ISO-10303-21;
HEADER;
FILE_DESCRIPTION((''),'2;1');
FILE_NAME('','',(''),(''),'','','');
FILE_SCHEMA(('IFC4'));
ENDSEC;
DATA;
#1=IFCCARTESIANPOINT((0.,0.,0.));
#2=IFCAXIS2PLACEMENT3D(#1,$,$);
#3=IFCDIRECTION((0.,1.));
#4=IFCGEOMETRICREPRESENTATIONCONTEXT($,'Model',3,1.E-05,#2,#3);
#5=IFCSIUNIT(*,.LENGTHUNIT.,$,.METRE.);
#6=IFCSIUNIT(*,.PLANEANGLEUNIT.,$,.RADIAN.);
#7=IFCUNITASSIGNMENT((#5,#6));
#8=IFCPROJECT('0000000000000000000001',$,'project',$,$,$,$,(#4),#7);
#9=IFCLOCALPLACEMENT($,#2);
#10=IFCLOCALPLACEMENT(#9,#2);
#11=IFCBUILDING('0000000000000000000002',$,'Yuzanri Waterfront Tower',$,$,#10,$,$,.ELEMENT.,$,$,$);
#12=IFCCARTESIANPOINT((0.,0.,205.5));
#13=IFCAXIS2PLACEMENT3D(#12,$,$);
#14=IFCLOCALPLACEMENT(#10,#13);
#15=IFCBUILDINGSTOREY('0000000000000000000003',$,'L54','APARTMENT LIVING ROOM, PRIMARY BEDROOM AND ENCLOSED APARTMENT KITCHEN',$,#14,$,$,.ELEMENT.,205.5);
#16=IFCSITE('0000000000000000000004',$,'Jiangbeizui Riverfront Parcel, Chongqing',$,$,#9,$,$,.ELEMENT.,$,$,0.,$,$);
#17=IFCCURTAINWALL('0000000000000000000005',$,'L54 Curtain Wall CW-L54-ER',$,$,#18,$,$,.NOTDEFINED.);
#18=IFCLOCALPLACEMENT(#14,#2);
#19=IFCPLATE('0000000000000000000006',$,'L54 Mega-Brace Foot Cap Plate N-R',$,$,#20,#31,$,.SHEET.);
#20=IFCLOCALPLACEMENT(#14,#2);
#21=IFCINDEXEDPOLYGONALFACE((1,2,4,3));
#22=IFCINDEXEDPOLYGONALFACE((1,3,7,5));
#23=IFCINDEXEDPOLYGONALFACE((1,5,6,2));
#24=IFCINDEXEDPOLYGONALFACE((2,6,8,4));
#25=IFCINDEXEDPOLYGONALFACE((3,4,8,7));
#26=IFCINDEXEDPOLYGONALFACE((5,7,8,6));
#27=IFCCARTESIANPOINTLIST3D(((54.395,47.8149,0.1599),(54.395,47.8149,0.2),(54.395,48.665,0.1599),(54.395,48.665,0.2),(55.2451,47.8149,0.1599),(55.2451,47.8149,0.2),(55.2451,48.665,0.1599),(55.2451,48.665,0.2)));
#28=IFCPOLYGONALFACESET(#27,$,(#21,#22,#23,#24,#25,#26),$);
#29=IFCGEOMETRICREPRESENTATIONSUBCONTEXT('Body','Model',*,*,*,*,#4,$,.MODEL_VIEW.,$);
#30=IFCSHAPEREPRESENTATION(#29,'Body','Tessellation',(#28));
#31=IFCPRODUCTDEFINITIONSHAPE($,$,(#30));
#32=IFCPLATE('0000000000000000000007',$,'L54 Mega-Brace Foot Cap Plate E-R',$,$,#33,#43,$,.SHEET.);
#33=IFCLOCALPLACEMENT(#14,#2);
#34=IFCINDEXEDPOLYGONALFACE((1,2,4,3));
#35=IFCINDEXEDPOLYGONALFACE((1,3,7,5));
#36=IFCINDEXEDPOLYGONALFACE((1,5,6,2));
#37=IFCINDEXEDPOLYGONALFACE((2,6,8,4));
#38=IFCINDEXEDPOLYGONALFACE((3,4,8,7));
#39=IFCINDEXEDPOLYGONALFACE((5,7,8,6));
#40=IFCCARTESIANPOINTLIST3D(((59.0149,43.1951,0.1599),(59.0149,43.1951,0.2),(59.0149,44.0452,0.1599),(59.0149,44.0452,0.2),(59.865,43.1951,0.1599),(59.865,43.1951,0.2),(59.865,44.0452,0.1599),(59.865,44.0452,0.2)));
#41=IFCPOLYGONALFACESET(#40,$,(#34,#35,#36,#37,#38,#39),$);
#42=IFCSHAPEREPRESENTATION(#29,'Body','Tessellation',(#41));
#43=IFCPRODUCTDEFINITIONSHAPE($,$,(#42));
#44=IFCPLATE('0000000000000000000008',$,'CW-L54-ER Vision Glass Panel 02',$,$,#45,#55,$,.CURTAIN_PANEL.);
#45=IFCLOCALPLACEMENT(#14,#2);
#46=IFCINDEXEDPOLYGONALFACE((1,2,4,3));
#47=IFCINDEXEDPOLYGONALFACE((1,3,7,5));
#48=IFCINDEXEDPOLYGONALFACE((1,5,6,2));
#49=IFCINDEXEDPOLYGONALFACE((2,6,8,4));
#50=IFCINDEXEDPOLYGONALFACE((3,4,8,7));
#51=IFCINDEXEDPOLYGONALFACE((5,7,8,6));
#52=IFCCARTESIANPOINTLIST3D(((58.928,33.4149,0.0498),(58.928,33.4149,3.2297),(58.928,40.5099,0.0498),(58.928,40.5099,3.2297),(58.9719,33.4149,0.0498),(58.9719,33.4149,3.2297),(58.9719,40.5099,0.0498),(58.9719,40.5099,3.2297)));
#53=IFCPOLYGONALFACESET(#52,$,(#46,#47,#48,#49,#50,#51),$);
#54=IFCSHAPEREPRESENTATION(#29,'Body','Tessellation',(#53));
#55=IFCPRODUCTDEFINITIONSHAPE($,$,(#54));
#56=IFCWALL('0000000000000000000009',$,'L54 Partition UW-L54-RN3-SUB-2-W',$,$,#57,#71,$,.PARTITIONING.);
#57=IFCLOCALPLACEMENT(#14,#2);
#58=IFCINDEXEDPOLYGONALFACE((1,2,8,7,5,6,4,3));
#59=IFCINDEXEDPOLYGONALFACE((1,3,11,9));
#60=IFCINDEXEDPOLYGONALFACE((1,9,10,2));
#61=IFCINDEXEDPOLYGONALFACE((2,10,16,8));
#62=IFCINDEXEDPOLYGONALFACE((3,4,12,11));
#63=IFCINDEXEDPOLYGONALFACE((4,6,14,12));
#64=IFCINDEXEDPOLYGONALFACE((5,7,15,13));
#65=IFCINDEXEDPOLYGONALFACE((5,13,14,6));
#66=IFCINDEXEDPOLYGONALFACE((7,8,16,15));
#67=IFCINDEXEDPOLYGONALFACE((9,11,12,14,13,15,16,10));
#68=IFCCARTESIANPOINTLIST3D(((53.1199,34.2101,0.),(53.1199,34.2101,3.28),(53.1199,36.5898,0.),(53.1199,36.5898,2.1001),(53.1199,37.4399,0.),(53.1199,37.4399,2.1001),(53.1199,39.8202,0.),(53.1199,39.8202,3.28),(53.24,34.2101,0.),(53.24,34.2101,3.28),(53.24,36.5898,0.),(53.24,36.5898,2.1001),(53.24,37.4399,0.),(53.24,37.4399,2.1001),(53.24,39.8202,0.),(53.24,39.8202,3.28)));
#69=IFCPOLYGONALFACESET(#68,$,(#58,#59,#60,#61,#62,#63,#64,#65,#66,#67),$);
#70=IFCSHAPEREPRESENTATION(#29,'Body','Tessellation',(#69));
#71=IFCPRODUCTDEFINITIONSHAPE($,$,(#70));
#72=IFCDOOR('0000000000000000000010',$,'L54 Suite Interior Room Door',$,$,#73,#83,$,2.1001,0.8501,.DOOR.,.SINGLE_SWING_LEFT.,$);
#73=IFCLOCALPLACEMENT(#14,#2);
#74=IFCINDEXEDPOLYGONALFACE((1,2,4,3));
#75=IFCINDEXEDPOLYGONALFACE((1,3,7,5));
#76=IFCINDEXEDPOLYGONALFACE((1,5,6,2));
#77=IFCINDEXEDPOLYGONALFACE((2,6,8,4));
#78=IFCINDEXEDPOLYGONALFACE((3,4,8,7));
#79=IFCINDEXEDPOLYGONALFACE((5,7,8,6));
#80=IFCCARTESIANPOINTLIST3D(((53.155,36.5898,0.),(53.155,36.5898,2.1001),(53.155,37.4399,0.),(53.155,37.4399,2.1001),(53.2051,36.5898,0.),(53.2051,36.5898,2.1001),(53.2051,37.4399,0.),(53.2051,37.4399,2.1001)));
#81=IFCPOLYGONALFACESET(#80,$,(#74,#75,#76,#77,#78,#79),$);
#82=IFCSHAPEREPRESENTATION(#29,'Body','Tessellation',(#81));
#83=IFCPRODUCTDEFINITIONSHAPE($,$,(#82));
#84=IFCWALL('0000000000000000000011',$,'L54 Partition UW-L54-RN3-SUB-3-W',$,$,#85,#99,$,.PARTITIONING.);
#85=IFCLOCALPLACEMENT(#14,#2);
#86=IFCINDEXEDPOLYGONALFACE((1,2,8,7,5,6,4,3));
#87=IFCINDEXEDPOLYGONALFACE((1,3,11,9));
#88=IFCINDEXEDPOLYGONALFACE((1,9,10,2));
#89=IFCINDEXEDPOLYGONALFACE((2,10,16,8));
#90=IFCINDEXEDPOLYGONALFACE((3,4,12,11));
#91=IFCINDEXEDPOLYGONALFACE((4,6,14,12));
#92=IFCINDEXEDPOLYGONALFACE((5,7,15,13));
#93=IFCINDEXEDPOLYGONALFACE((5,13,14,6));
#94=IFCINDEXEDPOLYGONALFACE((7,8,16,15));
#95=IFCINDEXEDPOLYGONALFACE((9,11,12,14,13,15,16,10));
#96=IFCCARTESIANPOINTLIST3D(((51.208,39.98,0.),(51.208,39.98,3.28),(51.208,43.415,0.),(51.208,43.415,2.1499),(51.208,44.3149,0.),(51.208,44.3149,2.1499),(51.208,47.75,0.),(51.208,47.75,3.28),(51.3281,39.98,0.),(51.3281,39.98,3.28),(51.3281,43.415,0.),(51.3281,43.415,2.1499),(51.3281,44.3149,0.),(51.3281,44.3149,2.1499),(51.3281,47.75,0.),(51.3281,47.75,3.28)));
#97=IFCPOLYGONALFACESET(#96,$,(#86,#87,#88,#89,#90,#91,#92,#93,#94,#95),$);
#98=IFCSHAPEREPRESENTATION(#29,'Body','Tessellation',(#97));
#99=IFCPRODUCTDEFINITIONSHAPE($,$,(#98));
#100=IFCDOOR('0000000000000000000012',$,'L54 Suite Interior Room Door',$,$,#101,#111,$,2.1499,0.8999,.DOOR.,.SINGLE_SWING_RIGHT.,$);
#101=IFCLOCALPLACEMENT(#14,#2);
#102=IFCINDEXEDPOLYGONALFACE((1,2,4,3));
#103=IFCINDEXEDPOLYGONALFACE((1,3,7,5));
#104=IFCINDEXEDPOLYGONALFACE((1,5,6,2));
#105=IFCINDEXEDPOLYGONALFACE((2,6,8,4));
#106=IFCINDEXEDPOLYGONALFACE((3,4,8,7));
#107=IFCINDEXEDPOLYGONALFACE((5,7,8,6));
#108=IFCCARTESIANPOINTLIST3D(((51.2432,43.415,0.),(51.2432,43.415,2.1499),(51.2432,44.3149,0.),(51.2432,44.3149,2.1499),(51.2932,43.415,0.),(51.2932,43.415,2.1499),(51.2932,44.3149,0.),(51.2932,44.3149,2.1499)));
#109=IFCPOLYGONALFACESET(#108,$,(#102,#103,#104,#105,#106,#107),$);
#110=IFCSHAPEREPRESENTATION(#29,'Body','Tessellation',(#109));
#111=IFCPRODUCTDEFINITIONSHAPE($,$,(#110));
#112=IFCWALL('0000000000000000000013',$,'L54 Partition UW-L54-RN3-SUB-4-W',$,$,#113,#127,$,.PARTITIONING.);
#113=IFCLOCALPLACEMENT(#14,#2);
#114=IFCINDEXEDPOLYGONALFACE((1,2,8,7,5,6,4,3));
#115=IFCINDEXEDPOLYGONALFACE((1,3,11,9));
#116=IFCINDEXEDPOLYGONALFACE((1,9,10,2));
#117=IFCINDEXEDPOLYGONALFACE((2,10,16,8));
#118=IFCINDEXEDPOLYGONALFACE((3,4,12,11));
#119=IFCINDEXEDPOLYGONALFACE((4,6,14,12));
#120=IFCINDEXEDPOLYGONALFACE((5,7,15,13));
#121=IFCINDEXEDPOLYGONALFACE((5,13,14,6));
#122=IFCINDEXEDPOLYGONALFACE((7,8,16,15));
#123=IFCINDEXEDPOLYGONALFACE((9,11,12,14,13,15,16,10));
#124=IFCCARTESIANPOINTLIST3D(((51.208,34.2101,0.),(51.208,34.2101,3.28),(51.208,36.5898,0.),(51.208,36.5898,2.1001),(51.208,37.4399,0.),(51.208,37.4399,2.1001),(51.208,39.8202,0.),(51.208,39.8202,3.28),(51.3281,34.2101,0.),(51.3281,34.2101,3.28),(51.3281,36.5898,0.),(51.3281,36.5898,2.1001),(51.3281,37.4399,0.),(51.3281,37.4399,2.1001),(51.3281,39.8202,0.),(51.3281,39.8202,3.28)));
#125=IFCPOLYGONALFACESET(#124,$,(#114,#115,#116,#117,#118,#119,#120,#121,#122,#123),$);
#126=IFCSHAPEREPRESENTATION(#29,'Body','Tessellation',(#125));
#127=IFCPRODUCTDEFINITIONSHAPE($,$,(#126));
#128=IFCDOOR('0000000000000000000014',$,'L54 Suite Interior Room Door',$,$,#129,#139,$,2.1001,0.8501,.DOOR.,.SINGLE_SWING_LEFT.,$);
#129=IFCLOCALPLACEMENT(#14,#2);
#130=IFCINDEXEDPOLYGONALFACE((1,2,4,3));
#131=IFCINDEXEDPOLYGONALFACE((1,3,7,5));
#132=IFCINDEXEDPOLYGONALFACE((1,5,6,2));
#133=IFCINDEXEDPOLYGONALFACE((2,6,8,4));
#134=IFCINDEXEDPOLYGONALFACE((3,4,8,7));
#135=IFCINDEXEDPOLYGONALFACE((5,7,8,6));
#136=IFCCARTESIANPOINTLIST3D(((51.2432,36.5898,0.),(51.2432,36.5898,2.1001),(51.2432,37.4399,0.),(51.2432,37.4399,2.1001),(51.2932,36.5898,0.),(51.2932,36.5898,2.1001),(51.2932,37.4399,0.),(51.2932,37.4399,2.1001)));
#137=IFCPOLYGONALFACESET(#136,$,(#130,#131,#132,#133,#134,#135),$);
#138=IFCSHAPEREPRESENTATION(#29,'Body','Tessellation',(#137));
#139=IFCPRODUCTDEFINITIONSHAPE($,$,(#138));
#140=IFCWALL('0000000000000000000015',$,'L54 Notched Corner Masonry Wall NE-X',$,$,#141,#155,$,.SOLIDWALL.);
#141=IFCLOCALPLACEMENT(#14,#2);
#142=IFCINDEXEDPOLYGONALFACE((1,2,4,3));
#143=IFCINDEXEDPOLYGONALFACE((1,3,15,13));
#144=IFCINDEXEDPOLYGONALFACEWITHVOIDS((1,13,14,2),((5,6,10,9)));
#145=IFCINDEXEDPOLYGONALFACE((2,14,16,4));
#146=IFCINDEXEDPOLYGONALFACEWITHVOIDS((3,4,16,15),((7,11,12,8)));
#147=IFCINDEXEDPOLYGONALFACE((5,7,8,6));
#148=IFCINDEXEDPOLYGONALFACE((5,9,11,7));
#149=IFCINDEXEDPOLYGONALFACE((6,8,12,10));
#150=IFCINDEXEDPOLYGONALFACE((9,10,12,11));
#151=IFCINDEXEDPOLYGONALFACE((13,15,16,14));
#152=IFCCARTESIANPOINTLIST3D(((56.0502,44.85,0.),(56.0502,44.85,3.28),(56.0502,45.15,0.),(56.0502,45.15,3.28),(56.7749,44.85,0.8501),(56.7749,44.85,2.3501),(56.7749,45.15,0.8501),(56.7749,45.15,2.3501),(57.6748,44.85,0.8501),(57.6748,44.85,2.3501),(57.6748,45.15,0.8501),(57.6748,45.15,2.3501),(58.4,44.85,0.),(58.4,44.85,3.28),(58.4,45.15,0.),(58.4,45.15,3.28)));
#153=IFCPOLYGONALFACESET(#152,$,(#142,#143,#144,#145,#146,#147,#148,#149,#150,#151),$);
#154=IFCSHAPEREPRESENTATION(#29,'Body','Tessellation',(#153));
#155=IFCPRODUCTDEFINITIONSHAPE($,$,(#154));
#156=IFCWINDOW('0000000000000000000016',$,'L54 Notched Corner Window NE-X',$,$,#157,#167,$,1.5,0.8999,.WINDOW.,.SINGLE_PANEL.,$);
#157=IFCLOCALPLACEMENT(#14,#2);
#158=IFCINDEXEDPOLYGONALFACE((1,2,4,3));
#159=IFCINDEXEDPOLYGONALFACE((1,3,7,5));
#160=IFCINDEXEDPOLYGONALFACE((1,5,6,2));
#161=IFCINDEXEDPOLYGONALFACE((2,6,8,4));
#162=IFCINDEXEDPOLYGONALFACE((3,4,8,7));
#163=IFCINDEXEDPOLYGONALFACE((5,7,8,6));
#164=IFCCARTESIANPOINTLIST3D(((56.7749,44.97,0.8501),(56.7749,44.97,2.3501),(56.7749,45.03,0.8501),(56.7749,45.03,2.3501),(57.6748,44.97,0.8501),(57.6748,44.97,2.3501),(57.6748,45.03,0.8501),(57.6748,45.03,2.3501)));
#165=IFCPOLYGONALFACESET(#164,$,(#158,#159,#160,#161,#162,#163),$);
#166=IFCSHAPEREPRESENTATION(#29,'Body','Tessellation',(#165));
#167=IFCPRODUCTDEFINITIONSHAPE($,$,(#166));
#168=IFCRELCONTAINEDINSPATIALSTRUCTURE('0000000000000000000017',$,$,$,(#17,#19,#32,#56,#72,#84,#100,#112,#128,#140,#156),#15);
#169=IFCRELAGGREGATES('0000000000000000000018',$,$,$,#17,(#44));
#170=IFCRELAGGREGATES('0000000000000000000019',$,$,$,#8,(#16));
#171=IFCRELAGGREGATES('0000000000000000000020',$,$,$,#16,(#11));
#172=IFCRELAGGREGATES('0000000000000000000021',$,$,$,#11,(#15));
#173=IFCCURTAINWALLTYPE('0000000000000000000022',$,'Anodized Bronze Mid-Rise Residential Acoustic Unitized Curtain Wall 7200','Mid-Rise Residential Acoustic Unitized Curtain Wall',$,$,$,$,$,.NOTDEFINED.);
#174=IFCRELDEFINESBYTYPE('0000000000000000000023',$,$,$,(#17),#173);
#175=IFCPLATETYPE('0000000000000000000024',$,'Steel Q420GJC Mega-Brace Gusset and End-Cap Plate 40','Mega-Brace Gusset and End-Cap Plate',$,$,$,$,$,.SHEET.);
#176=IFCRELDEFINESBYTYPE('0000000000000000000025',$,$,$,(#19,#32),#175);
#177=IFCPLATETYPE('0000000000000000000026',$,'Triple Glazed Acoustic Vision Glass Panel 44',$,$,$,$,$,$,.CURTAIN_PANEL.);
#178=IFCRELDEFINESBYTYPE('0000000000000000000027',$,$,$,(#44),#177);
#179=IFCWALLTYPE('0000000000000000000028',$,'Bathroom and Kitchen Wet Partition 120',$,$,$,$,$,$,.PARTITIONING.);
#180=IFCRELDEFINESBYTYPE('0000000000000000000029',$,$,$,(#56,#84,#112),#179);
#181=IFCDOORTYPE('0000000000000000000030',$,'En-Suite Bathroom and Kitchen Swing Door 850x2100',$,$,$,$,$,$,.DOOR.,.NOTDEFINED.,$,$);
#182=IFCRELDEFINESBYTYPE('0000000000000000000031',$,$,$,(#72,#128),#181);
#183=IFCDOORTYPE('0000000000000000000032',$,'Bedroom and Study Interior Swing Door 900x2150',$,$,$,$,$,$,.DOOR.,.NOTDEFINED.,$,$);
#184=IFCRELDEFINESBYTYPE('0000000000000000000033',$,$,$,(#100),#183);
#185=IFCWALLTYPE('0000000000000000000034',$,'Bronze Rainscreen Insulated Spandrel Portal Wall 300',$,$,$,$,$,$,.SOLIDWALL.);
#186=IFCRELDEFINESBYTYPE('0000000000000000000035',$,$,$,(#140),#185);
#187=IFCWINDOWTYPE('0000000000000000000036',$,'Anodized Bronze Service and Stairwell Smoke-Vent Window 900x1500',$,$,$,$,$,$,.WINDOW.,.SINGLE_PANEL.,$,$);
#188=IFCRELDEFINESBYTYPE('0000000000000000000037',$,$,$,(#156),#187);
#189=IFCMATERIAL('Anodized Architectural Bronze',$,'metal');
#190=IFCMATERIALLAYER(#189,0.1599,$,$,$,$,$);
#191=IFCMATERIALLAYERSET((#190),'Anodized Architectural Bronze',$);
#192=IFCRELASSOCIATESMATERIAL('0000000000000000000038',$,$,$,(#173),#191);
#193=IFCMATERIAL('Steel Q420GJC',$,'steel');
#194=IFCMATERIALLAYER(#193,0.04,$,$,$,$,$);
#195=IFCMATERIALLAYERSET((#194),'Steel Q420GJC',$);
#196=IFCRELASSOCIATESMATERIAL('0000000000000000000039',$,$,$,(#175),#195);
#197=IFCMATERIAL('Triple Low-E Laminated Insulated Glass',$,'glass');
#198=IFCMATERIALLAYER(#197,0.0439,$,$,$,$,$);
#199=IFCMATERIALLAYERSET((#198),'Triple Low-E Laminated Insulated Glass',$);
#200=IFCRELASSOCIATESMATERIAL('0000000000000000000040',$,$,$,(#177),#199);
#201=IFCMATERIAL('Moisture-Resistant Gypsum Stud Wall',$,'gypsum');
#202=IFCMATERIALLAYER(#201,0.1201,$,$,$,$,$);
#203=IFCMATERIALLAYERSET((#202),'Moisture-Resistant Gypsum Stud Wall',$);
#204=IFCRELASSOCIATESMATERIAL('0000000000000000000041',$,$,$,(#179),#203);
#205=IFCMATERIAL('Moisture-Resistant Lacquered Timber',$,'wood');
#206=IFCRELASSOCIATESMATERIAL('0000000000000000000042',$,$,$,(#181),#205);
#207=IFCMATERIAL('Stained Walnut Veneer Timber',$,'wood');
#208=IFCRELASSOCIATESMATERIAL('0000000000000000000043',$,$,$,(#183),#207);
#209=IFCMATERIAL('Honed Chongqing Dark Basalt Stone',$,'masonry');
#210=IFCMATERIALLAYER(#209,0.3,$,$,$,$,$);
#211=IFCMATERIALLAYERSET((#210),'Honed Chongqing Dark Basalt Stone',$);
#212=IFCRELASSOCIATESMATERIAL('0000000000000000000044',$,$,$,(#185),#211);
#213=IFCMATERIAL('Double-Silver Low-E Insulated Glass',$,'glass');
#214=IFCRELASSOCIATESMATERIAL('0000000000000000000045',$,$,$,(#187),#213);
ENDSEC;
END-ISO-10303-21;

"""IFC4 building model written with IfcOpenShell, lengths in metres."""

from ifc_helpers import new_model, si_unit, direction, frame, frame_2d, origin, origin_2d, place, context, subcontext, project, spatial, rectangle, extrude, source, transform, mapped, material, layer, layer_set, type_object, element, fill, aggregate, save


model = new_model("IFC4")

# Units and contexts
model_context = context("Model", 3, precision=1e-05, world=origin(), true_north=direction((0.0, 1.0)))
body_context = subcontext(model_context, "Body", "Model", "MODEL_VIEW")
ifc_project = project(units=[si_unit("LENGTHUNIT", "METRE"), si_unit("PLANEANGLEUNIT", "RADIAN")], contexts=[model_context])

# Site, building, storey
site_placement = place(None, origin())
site = spatial("IfcSite", under=ifc_project, at=site_placement, Name="Jiangbeizui Riverfront Parcel, Chongqing", CompositionType="ELEMENT", RefElevation=0.0)
building_placement = place(site_placement, origin())
building = spatial("IfcBuilding", under=site, at=building_placement, Name="Yuzanri Waterfront Tower", CompositionType="ELEMENT")
storey_placement = place(building_placement, frame((0.0, 0.0, 205.5)))
storey = spatial("IfcBuildingStorey", under=building, at=storey_placement, Name="L54", Description="APARTMENT LIVING ROOM, PRIMARY BEDROOM AND ENCLOSED APARTMENT KITCHEN", CompositionType="ELEMENT", Elevation=205.5)

# Curtain wall
ifc_material_1 = material(Name="Anodized Architectural Bronze", Category="metal")
ifc_layer_1 = layer(ifc_material_1, 0.1599)
ifc_layer_set_1 = layer_set([ifc_layer_1], Name="Anodized Architectural Bronze")
curtain_wall_type = type_object("IfcCurtainWallType", Name="Anodized Bronze Mid-Rise Residential Acoustic Unitized Curtain Wall 7200", Description="Mid-Rise Residential Acoustic Unitized Curtain Wall", PredefinedType="NOTDEFINED", material=ifc_layer_set_1)
curtain_wall_1_placement = place(storey_placement, origin())
curtain_wall_1 = element("IfcCurtainWall", 1, at=curtain_wall_1_placement, inside=storey, type_object=curtain_wall_type, Name="L54 Curtain Wall CW-L54-ER", PredefinedType="NOTDEFINED")

# Plates
ifc_material_2 = material(Name="Steel Q420GJC", Category="steel")
ifc_layer_2 = layer(ifc_material_2, 0.04)
ifc_layer_set_2 = layer_set([ifc_layer_2], Name="Steel Q420GJC")
plate_type_1 = type_object("IfcPlateType", Name="Steel Q420GJC Mega-Brace Gusset and End-Cap Plate 40", Description="Mega-Brace Gusset and End-Cap Plate", PredefinedType="SHEET", material=ifc_layer_set_2)
shared_shape_1 = source(origin(), body_context, "Body", "SweptSolid", [
    extrude(rectangle(XDim=0.8501, YDim=0.8501, at=origin_2d()), origin(), (0.0, 0.0, 1.0), 0.04),
])
for number, where, z_axis, x_axis, name in (
    (2, (54.8201, 48.24, 0.1599), (0.0, 0.0, 1.0), (1.0, 0.0, 0.0), "L54 Mega-Brace Foot Cap Plate N-R"),
    (3, (59.4399, 43.6201, 0.1599), (0.0, 0.0, 1.0), (1.0, 0.0, 0.0), "L54 Mega-Brace Foot Cap Plate E-R"),
):
    element("IfcPlate", number, at=place(storey_placement, frame(where, z_axis=z_axis, x_axis=x_axis)), inside=storey, type_object=plate_type_1, Name=name, PredefinedType="SHEET", context=body_context, shape_type="MappedRepresentation", body=[
        mapped(shared_shape_1, transform((0.0, 0.0, 0.0), scale=1.0)),
    ])

# Plate
ifc_material_3 = material(Name="Triple Low-E Laminated Insulated Glass", Category="glass")
ifc_layer_3 = layer(ifc_material_3, 0.0439)
ifc_layer_set_3 = layer_set([ifc_layer_3], Name="Triple Low-E Laminated Insulated Glass")
plate_type_2 = type_object("IfcPlateType", Name="Triple Glazed Acoustic Vision Glass Panel 44", PredefinedType="CURTAIN_PANEL", material=ifc_layer_set_3)
shared_shape_2 = source(origin(), body_context, "Body", "SweptSolid", [
    extrude(rectangle(XDim=7.095, YDim=0.0439, at=origin_2d()), origin(), (0.0, 0.0, 1.0), 3.1799),
])
plate_placement = place(storey_placement, frame((58.95, 36.9624, 0.0498), z_axis=(0.0, 0.0, 1.0), x_axis=(0.0, 1.0, 0.0)))
plate = element("IfcPlate", 4, at=plate_placement, type_object=plate_type_2, Name="CW-L54-ER Vision Glass Panel 02", PredefinedType="CURTAIN_PANEL", context=body_context, shape_type="MappedRepresentation", body=[
    mapped(shared_shape_2, transform((0.0, 0.0, 0.0), scale=1.0)),
])
aggregate(curtain_wall_1, [plate])

# Walls, openings, doors
ifc_material_4 = material(Name="Moisture-Resistant Gypsum Stud Wall", Category="gypsum")
ifc_layer_4 = layer(ifc_material_4, 0.1201)
ifc_layer_set_4 = layer_set([ifc_layer_4], Name="Moisture-Resistant Gypsum Stud Wall")
wall_type_1 = type_object("IfcWallType", Name="Bathroom and Kitchen Wet Partition 120", PredefinedType="PARTITIONING", material=ifc_layer_set_4)
wall_1_placement = place(storey_placement, frame((53.1799, 34.21, 0.0), z_axis=(0.0, 0.0, 1.0), x_axis=(0.0, 1.0, 0.0)))
wall_1 = element("IfcWall", 5, at=wall_1_placement, inside=storey, type_object=wall_type_1, Name="L54 Partition UW-L54-RN3-SUB-2-W", PredefinedType="PARTITIONING", context=body_context, shape_type="SweptSolid", body=[
    extrude(rectangle(XDim=5.6101, YDim=0.1201, at=frame_2d((2.8052, 0.0))), origin(), (0.0, 0.0, 1.0), 3.28),
])
opening_1_placement = place(wall_1_placement, frame((2.3799, 0.0, 0.0)))
opening_1 = element("IfcOpeningElement", 6, at=opening_1_placement, cuts=wall_1, PredefinedType="OPENING", context=body_context, shape_type="SweptSolid", body=[
    extrude(rectangle(XDim=0.8501, YDim=2.1001, at=frame_2d((0.425, 1.05))), frame((0.0, 0.075, 0.0), z_axis=(0.0, -1.0, 0.0), x_axis=(1.0, 0.0, 0.0)), (0.0, 0.0, 1.0), 0.1499),
])
ifc_material_5 = material(Name="Moisture-Resistant Lacquered Timber", Category="wood")
door_type_1 = type_object("IfcDoorType", Name="En-Suite Bathroom and Kitchen Swing Door 850x2100", OperationType="NOTDEFINED", PredefinedType="DOOR", material=ifc_material_5)
shared_shape_3 = source(origin(), body_context, "Body", "SweptSolid", [
    extrude(rectangle(XDim=0.8501, YDim=2.1001, at=frame_2d((0.425, 1.05))), frame((0.0, 0.0249, 0.0), z_axis=(0.0, -1.0, 0.0), x_axis=(1.0, 0.0, 0.0)), (0.0, 0.0, 1.0), 0.05),
])
door_1_placement = place(opening_1_placement, origin())
door_1 = element("IfcDoor", 7, at=door_1_placement, inside=storey, type_object=door_type_1, Name="L54 Suite Interior Room Door", OperationType="SINGLE_SWING_LEFT", OverallHeight=2.1001, OverallWidth=0.8501, PredefinedType="DOOR", context=body_context, shape_type="MappedRepresentation", body=[
    mapped(shared_shape_3, transform((0.0, 0.0, 0.0), scale=1.0)),
])
fill(opening_1, door_1)
wall_2_placement = place(storey_placement, frame((51.2681, 39.98, 0.0), z_axis=(0.0, 0.0, 1.0), x_axis=(0.0, 1.0, 0.0)))
wall_2 = element("IfcWall", 8, at=wall_2_placement, inside=storey, type_object=wall_type_1, Name="L54 Partition UW-L54-RN3-SUB-3-W", PredefinedType="PARTITIONING", context=body_context, shape_type="SweptSolid", body=[
    extrude(rectangle(XDim=7.77, YDim=0.1201, at=frame_2d((3.885, 0.0))), origin(), (0.0, 0.0, 1.0), 3.28),
])
opening_2_placement = place(wall_2_placement, frame((3.4351, 0.0, 0.0)))
opening_2 = element("IfcOpeningElement", 9, at=opening_2_placement, cuts=wall_2, PredefinedType="OPENING", context=body_context, shape_type="SweptSolid", body=[
    extrude(rectangle(XDim=0.8999, YDim=2.1499, at=frame_2d((0.45, 1.075))), frame((0.0, 0.075, 0.0), z_axis=(0.0, -1.0, 0.0), x_axis=(1.0, 0.0, 0.0)), (0.0, 0.0, 1.0), 0.1499),
])
ifc_material_6 = material(Name="Stained Walnut Veneer Timber", Category="wood")
door_type_2 = type_object("IfcDoorType", Name="Bedroom and Study Interior Swing Door 900x2150", OperationType="NOTDEFINED", PredefinedType="DOOR", material=ifc_material_6)
shared_shape_4 = source(origin(), body_context, "Body", "SweptSolid", [
    extrude(rectangle(XDim=0.8999, YDim=2.1499, at=frame_2d((0.45, 1.075))), frame((0.0, 0.0249, 0.0), z_axis=(0.0, -1.0, 0.0), x_axis=(1.0, 0.0, 0.0)), (0.0, 0.0, 1.0), 0.05),
])
door_2_placement = place(opening_2_placement, origin())
door_2 = element("IfcDoor", 10, at=door_2_placement, inside=storey, type_object=door_type_2, Name="L54 Suite Interior Room Door", OperationType="SINGLE_SWING_RIGHT", OverallHeight=2.1499, OverallWidth=0.8999, PredefinedType="DOOR", context=body_context, shape_type="MappedRepresentation", body=[
    mapped(shared_shape_4, transform((0.0, 0.0, 0.0), scale=1.0)),
])
fill(opening_2, door_2)
wall_3_placement = place(storey_placement, frame((51.2681, 34.21, 0.0), z_axis=(0.0, 0.0, 1.0), x_axis=(0.0, 1.0, 0.0)))
wall_3 = element("IfcWall", 11, at=wall_3_placement, inside=storey, type_object=wall_type_1, Name="L54 Partition UW-L54-RN3-SUB-4-W", PredefinedType="PARTITIONING", context=body_context, shape_type="SweptSolid", body=[
    extrude(rectangle(XDim=5.6101, YDim=0.1201, at=frame_2d((2.8052, 0.0))), origin(), (0.0, 0.0, 1.0), 3.28),
])
opening_3_placement = place(wall_3_placement, frame((2.3799, 0.0, 0.0)))
opening_3 = element("IfcOpeningElement", 12, at=opening_3_placement, cuts=wall_3, PredefinedType="OPENING", context=body_context, shape_type="SweptSolid", body=[
    extrude(rectangle(XDim=0.8501, YDim=2.1001, at=frame_2d((0.425, 1.05))), frame((0.0, 0.075, 0.0), z_axis=(0.0, -1.0, 0.0), x_axis=(1.0, 0.0, 0.0)), (0.0, 0.0, 1.0), 0.1499),
])
door_3_placement = place(opening_3_placement, origin())
door_3 = element("IfcDoor", 13, at=door_3_placement, inside=storey, type_object=door_type_1, Name="L54 Suite Interior Room Door", OperationType="SINGLE_SWING_LEFT", OverallHeight=2.1001, OverallWidth=0.8501, PredefinedType="DOOR", context=body_context, shape_type="MappedRepresentation", body=[
    mapped(shared_shape_3, transform((0.0, 0.0, 0.0), scale=1.0)),
])
fill(opening_3, door_3)

# Wall, opening, window
ifc_material_7 = material(Name="Honed Chongqing Dark Basalt Stone", Category="masonry")
ifc_layer_5 = layer(ifc_material_7, 0.3)
ifc_layer_set_5 = layer_set([ifc_layer_5], Name="Honed Chongqing Dark Basalt Stone")
wall_type_2 = type_object("IfcWallType", Name="Bronze Rainscreen Insulated Spandrel Portal Wall 300", PredefinedType="SOLIDWALL", material=ifc_layer_set_5)
wall_4_placement = place(storey_placement, frame((58.3999, 45.0, 0.0), z_axis=(0.0, 0.0, 1.0), x_axis=(-1.0, 0.0, 0.0)))
wall_4 = element("IfcWall", 14, at=wall_4_placement, inside=storey, type_object=wall_type_2, Name="L54 Notched Corner Masonry Wall NE-X", PredefinedType="SOLIDWALL", context=body_context, shape_type="SweptSolid", body=[
    extrude(rectangle(XDim=2.3499, YDim=0.3, at=frame_2d((1.1748, 0.0))), origin(), (0.0, 0.0, 1.0), 3.28),
])
opening_4_placement = place(wall_4_placement, frame((0.7251, 0.0, 0.8501)))
opening_4 = element("IfcOpeningElement", 15, at=opening_4_placement, cuts=wall_4, PredefinedType="OPENING", context=body_context, shape_type="SweptSolid", body=[
    extrude(rectangle(XDim=0.8999, YDim=1.5, at=frame_2d((0.45, 0.75))), frame((0.0, 0.165, 0.0), z_axis=(0.0, -1.0, 0.0), x_axis=(1.0, 0.0, 0.0)), (0.0, 0.0, 1.0), 0.3298),
])
ifc_material_8 = material(Name="Double-Silver Low-E Insulated Glass", Category="glass")
window_type_1 = type_object("IfcWindowType", Name="Anodized Bronze Service and Stairwell Smoke-Vent Window 900x1500", PartitioningType="SINGLE_PANEL", PredefinedType="WINDOW", material=ifc_material_8)
shared_shape_5 = source(origin(), body_context, "Body", "SweptSolid", [
    extrude(rectangle(XDim=0.8999, YDim=1.5, at=frame_2d((0.45, 0.75))), frame((0.0, 0.03, 0.0), z_axis=(0.0, -1.0, 0.0), x_axis=(1.0, 0.0, 0.0)), (0.0, 0.0, 1.0), 0.0601),
])
window_1_placement = place(opening_4_placement, origin())
window_1 = element("IfcWindow", 16, at=window_1_placement, inside=storey, type_object=window_type_1, Name="L54 Notched Corner Window NE-X", OverallHeight=1.5, OverallWidth=0.8999, PartitioningType="SINGLE_PANEL", PredefinedType="WINDOW", context=body_context, shape_type="MappedRepresentation", body=[
    mapped(shared_shape_5, transform((0.0, 0.0, 0.0), scale=1.0)),
])
fill(opening_4, window_1)

save(model, "model.ifc")
